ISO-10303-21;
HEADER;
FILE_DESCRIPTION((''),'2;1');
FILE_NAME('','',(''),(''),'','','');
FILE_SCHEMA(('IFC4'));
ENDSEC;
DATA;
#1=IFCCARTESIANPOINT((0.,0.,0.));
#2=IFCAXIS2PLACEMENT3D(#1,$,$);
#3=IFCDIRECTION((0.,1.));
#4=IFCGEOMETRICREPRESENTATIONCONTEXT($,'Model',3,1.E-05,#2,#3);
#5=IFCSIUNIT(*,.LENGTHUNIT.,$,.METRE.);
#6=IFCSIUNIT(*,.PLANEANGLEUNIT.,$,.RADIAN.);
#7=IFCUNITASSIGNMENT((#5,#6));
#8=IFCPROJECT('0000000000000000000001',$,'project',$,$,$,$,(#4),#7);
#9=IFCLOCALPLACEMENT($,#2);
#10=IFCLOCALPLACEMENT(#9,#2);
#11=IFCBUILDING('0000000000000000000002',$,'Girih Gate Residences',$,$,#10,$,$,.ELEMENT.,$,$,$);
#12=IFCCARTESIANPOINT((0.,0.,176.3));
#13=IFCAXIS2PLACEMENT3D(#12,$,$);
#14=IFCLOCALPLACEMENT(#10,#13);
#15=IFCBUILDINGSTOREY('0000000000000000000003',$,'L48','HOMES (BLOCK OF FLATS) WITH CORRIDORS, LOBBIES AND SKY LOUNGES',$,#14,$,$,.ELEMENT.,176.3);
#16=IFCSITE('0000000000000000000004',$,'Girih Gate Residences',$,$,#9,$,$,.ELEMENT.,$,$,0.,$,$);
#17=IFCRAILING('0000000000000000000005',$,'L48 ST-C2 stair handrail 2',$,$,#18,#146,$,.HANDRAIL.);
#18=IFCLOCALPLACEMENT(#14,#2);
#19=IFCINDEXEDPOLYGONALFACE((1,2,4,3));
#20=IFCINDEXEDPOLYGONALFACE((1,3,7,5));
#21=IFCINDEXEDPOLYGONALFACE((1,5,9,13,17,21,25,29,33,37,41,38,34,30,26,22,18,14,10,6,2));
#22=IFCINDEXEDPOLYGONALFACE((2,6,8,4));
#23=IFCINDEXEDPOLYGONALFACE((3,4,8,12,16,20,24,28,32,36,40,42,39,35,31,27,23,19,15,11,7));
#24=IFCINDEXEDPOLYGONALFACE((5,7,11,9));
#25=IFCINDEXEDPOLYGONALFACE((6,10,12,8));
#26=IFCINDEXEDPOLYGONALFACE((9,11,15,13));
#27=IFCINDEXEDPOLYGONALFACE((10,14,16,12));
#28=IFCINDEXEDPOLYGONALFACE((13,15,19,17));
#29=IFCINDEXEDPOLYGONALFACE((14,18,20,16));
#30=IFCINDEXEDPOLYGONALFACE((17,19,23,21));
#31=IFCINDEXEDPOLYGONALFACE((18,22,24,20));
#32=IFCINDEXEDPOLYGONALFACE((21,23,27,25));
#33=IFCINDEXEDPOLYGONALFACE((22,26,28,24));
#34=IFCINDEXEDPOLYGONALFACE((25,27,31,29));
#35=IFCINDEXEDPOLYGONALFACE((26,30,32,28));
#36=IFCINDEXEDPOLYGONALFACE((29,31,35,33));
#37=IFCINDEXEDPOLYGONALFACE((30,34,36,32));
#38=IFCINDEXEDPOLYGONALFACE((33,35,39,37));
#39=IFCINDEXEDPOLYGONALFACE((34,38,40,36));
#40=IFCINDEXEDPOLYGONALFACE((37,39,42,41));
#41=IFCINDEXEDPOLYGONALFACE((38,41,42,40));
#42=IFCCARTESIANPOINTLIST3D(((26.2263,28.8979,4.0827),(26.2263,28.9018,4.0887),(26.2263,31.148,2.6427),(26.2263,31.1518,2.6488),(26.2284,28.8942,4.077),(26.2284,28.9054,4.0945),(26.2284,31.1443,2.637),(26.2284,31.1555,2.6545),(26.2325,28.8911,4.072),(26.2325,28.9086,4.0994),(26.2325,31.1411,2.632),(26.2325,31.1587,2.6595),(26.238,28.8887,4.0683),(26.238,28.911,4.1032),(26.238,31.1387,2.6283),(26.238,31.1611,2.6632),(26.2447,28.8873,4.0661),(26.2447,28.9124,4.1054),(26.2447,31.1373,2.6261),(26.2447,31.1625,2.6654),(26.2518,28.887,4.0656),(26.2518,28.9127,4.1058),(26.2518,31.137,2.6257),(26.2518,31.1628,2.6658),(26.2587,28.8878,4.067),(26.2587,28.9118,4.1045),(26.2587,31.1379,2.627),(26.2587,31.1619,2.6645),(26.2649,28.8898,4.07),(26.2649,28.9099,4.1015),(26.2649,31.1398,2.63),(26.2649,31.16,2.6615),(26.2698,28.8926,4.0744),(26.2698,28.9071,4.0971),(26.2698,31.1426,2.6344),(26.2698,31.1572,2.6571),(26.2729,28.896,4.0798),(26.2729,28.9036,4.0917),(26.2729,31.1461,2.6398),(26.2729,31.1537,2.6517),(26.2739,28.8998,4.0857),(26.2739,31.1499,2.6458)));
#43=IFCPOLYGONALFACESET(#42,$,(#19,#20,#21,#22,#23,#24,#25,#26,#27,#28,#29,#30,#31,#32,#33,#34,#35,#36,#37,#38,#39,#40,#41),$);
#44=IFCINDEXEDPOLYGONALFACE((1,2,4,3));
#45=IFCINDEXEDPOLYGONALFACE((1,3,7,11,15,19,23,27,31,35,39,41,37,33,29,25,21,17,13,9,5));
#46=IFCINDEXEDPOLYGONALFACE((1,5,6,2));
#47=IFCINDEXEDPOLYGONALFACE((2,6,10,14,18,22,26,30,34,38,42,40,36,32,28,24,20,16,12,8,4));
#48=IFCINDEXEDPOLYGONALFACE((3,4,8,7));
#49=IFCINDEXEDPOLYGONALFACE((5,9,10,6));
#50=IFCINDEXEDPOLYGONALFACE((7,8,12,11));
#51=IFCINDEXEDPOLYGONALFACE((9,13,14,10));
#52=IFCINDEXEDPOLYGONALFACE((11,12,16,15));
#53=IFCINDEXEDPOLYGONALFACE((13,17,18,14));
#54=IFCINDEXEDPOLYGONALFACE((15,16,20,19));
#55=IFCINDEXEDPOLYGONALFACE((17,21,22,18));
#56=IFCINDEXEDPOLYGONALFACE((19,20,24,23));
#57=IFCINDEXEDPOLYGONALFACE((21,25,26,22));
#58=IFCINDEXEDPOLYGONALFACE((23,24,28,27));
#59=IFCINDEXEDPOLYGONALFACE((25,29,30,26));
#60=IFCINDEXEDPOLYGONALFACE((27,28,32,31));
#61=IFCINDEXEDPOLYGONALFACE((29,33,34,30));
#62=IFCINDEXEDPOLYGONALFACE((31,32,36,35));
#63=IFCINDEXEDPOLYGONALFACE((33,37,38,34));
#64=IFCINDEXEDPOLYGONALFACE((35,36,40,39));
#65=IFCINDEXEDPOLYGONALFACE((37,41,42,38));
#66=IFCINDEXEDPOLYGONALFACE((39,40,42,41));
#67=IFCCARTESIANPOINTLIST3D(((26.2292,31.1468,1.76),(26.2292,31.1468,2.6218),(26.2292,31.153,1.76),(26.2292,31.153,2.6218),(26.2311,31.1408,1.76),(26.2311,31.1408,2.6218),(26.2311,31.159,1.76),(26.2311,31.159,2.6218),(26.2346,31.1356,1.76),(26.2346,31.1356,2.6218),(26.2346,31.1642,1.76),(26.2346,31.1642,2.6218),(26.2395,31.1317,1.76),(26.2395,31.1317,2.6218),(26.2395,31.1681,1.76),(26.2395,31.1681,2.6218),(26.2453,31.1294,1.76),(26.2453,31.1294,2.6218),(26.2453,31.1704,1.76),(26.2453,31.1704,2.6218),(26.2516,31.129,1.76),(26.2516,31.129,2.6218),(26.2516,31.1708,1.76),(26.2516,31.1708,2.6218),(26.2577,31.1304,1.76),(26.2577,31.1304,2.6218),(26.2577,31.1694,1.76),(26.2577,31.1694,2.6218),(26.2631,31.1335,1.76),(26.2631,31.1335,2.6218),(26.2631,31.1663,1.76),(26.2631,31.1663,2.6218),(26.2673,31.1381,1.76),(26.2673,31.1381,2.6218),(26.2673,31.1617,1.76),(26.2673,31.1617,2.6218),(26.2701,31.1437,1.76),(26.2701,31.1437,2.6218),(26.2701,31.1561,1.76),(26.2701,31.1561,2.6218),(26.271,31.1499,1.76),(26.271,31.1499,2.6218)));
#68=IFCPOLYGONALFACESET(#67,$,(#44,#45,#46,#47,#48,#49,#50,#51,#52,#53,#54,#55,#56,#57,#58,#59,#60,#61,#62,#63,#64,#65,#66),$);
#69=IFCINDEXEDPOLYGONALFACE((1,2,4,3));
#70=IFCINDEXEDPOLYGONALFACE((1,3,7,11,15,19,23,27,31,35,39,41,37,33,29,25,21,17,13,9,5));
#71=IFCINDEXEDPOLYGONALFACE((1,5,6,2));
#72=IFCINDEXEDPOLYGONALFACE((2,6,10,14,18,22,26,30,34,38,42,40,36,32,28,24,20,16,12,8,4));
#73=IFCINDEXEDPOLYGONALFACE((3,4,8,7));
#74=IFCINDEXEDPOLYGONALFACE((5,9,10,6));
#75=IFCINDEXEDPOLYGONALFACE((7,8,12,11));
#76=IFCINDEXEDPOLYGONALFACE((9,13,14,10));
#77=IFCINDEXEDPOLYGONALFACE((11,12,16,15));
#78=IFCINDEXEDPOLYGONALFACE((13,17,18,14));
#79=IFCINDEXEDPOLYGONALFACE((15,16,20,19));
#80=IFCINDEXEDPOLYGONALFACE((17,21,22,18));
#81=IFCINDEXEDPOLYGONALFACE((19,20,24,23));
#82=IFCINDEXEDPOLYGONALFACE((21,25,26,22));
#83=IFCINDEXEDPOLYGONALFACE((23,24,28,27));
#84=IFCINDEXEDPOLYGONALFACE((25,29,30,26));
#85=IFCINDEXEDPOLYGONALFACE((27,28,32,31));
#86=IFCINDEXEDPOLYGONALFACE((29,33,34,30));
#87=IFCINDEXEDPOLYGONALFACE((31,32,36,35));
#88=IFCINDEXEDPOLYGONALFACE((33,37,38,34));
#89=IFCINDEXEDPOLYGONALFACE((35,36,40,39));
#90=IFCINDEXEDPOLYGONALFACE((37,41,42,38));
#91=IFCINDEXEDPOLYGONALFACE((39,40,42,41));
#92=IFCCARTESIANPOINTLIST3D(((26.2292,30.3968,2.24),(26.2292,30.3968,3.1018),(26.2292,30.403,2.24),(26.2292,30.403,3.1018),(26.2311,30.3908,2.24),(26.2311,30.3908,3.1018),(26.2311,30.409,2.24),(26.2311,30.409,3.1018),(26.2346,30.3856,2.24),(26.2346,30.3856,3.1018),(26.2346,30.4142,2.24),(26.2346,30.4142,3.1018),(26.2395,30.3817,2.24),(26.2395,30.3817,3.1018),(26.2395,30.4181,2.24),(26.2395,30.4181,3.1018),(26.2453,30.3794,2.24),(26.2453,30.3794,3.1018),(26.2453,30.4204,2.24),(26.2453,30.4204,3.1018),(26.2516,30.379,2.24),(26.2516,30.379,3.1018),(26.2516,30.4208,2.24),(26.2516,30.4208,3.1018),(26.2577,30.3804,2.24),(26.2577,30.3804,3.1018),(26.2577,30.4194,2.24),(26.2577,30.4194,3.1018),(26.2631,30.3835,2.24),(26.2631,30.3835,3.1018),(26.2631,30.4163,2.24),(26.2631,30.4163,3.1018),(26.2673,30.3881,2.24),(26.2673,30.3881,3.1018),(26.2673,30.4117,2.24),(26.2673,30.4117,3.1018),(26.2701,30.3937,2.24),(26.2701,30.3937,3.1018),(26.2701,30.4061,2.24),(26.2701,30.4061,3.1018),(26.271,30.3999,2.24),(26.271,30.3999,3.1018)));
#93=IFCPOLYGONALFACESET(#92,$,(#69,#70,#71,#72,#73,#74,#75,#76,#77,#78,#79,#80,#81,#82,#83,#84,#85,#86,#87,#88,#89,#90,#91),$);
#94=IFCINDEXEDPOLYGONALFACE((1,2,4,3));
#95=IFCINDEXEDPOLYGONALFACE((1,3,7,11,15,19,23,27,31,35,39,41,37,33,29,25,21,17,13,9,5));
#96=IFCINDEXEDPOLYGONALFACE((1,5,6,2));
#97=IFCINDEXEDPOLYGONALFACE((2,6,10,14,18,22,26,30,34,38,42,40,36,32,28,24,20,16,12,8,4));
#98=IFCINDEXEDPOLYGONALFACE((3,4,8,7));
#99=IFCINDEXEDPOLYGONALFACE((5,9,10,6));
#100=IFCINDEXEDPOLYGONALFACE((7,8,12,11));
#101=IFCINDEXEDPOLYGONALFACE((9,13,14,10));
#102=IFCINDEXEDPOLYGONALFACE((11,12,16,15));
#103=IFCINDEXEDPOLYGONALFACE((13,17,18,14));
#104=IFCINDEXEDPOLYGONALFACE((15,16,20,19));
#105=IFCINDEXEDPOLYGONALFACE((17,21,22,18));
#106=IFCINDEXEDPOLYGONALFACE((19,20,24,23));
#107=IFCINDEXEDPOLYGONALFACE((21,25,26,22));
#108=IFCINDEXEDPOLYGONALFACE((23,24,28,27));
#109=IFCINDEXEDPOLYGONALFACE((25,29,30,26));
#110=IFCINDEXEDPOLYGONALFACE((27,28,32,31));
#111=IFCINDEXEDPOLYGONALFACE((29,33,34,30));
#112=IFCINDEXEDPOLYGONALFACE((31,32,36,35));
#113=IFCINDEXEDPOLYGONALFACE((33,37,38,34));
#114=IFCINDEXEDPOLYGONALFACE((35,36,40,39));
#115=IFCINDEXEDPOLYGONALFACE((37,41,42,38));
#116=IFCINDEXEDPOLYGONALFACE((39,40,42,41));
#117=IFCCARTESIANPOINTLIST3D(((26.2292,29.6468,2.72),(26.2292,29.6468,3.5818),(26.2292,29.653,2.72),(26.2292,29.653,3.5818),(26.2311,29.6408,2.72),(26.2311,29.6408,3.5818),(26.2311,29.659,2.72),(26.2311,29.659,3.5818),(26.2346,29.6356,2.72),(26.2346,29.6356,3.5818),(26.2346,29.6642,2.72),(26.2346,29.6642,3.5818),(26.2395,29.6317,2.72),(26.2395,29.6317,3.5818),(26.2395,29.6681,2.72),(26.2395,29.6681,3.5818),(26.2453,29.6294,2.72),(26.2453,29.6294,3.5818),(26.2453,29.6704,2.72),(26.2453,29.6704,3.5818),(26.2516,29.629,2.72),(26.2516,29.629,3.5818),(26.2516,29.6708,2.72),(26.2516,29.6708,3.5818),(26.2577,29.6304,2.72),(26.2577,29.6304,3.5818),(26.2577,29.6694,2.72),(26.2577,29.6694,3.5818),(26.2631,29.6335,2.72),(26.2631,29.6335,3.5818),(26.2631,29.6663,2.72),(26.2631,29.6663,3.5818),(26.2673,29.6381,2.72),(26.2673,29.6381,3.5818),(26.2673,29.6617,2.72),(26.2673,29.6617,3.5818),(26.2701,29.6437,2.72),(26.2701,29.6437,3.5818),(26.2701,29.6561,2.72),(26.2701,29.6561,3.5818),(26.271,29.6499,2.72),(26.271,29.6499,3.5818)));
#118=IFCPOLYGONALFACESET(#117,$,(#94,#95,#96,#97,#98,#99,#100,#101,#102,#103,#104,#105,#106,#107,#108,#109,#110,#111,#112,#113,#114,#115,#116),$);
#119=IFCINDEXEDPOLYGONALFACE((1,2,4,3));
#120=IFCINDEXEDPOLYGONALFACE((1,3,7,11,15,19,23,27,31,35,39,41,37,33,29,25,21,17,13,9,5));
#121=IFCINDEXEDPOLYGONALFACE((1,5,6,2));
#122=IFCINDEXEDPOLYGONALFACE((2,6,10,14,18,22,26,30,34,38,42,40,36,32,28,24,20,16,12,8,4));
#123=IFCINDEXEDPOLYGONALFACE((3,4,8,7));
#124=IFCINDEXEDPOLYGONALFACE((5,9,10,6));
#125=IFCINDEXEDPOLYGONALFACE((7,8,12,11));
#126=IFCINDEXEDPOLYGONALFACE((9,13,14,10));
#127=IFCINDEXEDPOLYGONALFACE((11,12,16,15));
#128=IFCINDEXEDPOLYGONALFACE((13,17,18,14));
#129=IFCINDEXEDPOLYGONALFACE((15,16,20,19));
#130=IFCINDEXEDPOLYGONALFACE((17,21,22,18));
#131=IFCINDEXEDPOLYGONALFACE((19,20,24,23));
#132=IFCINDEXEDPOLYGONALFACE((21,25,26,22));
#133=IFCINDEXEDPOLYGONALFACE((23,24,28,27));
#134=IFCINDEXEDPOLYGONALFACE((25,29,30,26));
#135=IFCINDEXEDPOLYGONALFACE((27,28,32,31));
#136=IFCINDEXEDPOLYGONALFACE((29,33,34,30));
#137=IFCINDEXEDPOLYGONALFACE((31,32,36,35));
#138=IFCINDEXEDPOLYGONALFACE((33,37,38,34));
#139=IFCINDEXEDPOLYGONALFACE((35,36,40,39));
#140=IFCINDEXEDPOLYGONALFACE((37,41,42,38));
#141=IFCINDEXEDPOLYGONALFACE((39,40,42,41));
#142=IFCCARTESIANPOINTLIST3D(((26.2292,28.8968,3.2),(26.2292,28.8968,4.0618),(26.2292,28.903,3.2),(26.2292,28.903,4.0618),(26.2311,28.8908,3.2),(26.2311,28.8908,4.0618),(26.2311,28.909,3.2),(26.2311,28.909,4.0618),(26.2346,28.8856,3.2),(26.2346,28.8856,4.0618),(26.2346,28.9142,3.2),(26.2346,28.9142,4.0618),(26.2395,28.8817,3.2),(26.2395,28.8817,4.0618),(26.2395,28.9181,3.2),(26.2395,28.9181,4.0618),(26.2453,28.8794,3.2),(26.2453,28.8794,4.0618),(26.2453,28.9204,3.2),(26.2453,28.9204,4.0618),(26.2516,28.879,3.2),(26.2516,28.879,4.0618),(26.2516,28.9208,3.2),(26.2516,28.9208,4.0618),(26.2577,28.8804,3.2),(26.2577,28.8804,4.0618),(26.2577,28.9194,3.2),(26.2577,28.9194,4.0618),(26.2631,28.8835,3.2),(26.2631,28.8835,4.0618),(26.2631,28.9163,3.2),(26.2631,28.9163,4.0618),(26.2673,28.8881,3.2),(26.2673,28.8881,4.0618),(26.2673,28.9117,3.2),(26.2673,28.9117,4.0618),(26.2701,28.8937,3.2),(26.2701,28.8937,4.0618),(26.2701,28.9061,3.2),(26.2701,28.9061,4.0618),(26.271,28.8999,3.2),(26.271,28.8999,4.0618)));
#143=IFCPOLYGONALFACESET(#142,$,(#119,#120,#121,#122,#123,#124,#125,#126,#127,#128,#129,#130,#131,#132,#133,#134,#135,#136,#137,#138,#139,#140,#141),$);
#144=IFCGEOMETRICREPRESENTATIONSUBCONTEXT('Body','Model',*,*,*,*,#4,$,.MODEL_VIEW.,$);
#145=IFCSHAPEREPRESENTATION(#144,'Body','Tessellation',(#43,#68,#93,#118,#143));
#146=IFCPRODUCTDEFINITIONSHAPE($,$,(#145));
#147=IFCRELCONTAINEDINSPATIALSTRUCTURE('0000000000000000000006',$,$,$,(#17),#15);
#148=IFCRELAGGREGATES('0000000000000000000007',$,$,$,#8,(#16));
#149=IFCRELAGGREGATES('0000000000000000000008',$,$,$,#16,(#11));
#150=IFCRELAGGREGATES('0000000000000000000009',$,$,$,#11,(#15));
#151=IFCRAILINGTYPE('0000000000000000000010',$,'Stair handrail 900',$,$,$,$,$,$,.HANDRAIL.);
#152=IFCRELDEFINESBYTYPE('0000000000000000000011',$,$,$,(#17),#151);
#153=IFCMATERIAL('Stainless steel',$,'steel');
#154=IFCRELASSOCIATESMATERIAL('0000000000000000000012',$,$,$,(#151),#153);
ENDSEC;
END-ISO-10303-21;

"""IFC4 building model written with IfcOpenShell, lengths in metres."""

from ifc_helpers import new_model, si_unit, direction, frame, origin, origin_2d, place, context, subcontext, project, spatial, circle, extrude, material, type_object, element, save


model = new_model("IFC4")

# Units and contexts
model_context = context("Model", 3, precision=1e-05, world=origin(), true_north=direction((0.0, 1.0)))
body_context = subcontext(model_context, "Body", "Model", "MODEL_VIEW")
ifc_project = project(units=[si_unit("LENGTHUNIT", "METRE"), si_unit("PLANEANGLEUNIT", "RADIAN")], contexts=[model_context])

# Site, building, storey
site_placement = place(None, origin())
site = spatial("IfcSite", under=ifc_project, at=site_placement, Name="Girih Gate Residences", CompositionType="ELEMENT", RefElevation=0.0)
building_placement = place(site_placement, origin())
building = spatial("IfcBuilding", under=site, at=building_placement, Name="Girih Gate Residences", CompositionType="ELEMENT")
storey_placement = place(building_placement, frame((0.0, 0.0, 176.3)))
storey = spatial("IfcBuildingStorey", under=building, at=storey_placement, Name="L48", Description="HOMES (BLOCK OF FLATS) WITH CORRIDORS, LOBBIES AND SKY LOUNGES", CompositionType="ELEMENT", Elevation=176.3)

# Railing
ifc_material_1 = material(Name="Stainless steel", Category="steel")
railing_type_1 = type_object("IfcRailingType", Name="Stair handrail 900", PredefinedType="HANDRAIL", material=ifc_material_1)
railing_1_placement = place(storey_placement, frame((26.25, 31.1499, 1.76)))
element("IfcRailing", 1, at=railing_1_placement, inside=storey, type_object=railing_type_1, Name="L48 ST-C2 stair handrail 2", PredefinedType="HANDRAIL", context=body_context, shape_type="SweptSolid", body=[
    extrude(circle(Radius=0.0239, at=origin_2d()), frame((0.0, 0.0, 0.8857), z_axis=(0.0, -0.842281, 0.539038), x_axis=(1.0, 0.0, 0.0)), (0.0, 0.0, 1.0), 2.6714),
    extrude(circle(Radius=0.021, at=origin_2d()), origin(), (0.0, 0.0, 1.0), 0.8618),
    extrude(circle(Radius=0.021, at=origin_2d()), frame((0.0, -0.75, 0.48)), (0.0, 0.0, 1.0), 0.8618),
    extrude(circle(Radius=0.021, at=origin_2d()), frame((0.0, -1.5, 0.96)), (0.0, 0.0, 1.0), 0.8618),
    extrude(circle(Radius=0.021, at=origin_2d()), frame((0.0, -2.25, 1.4399)), (0.0, 0.0, 1.0), 0.8618),
])

save(model, "model.ifc")
